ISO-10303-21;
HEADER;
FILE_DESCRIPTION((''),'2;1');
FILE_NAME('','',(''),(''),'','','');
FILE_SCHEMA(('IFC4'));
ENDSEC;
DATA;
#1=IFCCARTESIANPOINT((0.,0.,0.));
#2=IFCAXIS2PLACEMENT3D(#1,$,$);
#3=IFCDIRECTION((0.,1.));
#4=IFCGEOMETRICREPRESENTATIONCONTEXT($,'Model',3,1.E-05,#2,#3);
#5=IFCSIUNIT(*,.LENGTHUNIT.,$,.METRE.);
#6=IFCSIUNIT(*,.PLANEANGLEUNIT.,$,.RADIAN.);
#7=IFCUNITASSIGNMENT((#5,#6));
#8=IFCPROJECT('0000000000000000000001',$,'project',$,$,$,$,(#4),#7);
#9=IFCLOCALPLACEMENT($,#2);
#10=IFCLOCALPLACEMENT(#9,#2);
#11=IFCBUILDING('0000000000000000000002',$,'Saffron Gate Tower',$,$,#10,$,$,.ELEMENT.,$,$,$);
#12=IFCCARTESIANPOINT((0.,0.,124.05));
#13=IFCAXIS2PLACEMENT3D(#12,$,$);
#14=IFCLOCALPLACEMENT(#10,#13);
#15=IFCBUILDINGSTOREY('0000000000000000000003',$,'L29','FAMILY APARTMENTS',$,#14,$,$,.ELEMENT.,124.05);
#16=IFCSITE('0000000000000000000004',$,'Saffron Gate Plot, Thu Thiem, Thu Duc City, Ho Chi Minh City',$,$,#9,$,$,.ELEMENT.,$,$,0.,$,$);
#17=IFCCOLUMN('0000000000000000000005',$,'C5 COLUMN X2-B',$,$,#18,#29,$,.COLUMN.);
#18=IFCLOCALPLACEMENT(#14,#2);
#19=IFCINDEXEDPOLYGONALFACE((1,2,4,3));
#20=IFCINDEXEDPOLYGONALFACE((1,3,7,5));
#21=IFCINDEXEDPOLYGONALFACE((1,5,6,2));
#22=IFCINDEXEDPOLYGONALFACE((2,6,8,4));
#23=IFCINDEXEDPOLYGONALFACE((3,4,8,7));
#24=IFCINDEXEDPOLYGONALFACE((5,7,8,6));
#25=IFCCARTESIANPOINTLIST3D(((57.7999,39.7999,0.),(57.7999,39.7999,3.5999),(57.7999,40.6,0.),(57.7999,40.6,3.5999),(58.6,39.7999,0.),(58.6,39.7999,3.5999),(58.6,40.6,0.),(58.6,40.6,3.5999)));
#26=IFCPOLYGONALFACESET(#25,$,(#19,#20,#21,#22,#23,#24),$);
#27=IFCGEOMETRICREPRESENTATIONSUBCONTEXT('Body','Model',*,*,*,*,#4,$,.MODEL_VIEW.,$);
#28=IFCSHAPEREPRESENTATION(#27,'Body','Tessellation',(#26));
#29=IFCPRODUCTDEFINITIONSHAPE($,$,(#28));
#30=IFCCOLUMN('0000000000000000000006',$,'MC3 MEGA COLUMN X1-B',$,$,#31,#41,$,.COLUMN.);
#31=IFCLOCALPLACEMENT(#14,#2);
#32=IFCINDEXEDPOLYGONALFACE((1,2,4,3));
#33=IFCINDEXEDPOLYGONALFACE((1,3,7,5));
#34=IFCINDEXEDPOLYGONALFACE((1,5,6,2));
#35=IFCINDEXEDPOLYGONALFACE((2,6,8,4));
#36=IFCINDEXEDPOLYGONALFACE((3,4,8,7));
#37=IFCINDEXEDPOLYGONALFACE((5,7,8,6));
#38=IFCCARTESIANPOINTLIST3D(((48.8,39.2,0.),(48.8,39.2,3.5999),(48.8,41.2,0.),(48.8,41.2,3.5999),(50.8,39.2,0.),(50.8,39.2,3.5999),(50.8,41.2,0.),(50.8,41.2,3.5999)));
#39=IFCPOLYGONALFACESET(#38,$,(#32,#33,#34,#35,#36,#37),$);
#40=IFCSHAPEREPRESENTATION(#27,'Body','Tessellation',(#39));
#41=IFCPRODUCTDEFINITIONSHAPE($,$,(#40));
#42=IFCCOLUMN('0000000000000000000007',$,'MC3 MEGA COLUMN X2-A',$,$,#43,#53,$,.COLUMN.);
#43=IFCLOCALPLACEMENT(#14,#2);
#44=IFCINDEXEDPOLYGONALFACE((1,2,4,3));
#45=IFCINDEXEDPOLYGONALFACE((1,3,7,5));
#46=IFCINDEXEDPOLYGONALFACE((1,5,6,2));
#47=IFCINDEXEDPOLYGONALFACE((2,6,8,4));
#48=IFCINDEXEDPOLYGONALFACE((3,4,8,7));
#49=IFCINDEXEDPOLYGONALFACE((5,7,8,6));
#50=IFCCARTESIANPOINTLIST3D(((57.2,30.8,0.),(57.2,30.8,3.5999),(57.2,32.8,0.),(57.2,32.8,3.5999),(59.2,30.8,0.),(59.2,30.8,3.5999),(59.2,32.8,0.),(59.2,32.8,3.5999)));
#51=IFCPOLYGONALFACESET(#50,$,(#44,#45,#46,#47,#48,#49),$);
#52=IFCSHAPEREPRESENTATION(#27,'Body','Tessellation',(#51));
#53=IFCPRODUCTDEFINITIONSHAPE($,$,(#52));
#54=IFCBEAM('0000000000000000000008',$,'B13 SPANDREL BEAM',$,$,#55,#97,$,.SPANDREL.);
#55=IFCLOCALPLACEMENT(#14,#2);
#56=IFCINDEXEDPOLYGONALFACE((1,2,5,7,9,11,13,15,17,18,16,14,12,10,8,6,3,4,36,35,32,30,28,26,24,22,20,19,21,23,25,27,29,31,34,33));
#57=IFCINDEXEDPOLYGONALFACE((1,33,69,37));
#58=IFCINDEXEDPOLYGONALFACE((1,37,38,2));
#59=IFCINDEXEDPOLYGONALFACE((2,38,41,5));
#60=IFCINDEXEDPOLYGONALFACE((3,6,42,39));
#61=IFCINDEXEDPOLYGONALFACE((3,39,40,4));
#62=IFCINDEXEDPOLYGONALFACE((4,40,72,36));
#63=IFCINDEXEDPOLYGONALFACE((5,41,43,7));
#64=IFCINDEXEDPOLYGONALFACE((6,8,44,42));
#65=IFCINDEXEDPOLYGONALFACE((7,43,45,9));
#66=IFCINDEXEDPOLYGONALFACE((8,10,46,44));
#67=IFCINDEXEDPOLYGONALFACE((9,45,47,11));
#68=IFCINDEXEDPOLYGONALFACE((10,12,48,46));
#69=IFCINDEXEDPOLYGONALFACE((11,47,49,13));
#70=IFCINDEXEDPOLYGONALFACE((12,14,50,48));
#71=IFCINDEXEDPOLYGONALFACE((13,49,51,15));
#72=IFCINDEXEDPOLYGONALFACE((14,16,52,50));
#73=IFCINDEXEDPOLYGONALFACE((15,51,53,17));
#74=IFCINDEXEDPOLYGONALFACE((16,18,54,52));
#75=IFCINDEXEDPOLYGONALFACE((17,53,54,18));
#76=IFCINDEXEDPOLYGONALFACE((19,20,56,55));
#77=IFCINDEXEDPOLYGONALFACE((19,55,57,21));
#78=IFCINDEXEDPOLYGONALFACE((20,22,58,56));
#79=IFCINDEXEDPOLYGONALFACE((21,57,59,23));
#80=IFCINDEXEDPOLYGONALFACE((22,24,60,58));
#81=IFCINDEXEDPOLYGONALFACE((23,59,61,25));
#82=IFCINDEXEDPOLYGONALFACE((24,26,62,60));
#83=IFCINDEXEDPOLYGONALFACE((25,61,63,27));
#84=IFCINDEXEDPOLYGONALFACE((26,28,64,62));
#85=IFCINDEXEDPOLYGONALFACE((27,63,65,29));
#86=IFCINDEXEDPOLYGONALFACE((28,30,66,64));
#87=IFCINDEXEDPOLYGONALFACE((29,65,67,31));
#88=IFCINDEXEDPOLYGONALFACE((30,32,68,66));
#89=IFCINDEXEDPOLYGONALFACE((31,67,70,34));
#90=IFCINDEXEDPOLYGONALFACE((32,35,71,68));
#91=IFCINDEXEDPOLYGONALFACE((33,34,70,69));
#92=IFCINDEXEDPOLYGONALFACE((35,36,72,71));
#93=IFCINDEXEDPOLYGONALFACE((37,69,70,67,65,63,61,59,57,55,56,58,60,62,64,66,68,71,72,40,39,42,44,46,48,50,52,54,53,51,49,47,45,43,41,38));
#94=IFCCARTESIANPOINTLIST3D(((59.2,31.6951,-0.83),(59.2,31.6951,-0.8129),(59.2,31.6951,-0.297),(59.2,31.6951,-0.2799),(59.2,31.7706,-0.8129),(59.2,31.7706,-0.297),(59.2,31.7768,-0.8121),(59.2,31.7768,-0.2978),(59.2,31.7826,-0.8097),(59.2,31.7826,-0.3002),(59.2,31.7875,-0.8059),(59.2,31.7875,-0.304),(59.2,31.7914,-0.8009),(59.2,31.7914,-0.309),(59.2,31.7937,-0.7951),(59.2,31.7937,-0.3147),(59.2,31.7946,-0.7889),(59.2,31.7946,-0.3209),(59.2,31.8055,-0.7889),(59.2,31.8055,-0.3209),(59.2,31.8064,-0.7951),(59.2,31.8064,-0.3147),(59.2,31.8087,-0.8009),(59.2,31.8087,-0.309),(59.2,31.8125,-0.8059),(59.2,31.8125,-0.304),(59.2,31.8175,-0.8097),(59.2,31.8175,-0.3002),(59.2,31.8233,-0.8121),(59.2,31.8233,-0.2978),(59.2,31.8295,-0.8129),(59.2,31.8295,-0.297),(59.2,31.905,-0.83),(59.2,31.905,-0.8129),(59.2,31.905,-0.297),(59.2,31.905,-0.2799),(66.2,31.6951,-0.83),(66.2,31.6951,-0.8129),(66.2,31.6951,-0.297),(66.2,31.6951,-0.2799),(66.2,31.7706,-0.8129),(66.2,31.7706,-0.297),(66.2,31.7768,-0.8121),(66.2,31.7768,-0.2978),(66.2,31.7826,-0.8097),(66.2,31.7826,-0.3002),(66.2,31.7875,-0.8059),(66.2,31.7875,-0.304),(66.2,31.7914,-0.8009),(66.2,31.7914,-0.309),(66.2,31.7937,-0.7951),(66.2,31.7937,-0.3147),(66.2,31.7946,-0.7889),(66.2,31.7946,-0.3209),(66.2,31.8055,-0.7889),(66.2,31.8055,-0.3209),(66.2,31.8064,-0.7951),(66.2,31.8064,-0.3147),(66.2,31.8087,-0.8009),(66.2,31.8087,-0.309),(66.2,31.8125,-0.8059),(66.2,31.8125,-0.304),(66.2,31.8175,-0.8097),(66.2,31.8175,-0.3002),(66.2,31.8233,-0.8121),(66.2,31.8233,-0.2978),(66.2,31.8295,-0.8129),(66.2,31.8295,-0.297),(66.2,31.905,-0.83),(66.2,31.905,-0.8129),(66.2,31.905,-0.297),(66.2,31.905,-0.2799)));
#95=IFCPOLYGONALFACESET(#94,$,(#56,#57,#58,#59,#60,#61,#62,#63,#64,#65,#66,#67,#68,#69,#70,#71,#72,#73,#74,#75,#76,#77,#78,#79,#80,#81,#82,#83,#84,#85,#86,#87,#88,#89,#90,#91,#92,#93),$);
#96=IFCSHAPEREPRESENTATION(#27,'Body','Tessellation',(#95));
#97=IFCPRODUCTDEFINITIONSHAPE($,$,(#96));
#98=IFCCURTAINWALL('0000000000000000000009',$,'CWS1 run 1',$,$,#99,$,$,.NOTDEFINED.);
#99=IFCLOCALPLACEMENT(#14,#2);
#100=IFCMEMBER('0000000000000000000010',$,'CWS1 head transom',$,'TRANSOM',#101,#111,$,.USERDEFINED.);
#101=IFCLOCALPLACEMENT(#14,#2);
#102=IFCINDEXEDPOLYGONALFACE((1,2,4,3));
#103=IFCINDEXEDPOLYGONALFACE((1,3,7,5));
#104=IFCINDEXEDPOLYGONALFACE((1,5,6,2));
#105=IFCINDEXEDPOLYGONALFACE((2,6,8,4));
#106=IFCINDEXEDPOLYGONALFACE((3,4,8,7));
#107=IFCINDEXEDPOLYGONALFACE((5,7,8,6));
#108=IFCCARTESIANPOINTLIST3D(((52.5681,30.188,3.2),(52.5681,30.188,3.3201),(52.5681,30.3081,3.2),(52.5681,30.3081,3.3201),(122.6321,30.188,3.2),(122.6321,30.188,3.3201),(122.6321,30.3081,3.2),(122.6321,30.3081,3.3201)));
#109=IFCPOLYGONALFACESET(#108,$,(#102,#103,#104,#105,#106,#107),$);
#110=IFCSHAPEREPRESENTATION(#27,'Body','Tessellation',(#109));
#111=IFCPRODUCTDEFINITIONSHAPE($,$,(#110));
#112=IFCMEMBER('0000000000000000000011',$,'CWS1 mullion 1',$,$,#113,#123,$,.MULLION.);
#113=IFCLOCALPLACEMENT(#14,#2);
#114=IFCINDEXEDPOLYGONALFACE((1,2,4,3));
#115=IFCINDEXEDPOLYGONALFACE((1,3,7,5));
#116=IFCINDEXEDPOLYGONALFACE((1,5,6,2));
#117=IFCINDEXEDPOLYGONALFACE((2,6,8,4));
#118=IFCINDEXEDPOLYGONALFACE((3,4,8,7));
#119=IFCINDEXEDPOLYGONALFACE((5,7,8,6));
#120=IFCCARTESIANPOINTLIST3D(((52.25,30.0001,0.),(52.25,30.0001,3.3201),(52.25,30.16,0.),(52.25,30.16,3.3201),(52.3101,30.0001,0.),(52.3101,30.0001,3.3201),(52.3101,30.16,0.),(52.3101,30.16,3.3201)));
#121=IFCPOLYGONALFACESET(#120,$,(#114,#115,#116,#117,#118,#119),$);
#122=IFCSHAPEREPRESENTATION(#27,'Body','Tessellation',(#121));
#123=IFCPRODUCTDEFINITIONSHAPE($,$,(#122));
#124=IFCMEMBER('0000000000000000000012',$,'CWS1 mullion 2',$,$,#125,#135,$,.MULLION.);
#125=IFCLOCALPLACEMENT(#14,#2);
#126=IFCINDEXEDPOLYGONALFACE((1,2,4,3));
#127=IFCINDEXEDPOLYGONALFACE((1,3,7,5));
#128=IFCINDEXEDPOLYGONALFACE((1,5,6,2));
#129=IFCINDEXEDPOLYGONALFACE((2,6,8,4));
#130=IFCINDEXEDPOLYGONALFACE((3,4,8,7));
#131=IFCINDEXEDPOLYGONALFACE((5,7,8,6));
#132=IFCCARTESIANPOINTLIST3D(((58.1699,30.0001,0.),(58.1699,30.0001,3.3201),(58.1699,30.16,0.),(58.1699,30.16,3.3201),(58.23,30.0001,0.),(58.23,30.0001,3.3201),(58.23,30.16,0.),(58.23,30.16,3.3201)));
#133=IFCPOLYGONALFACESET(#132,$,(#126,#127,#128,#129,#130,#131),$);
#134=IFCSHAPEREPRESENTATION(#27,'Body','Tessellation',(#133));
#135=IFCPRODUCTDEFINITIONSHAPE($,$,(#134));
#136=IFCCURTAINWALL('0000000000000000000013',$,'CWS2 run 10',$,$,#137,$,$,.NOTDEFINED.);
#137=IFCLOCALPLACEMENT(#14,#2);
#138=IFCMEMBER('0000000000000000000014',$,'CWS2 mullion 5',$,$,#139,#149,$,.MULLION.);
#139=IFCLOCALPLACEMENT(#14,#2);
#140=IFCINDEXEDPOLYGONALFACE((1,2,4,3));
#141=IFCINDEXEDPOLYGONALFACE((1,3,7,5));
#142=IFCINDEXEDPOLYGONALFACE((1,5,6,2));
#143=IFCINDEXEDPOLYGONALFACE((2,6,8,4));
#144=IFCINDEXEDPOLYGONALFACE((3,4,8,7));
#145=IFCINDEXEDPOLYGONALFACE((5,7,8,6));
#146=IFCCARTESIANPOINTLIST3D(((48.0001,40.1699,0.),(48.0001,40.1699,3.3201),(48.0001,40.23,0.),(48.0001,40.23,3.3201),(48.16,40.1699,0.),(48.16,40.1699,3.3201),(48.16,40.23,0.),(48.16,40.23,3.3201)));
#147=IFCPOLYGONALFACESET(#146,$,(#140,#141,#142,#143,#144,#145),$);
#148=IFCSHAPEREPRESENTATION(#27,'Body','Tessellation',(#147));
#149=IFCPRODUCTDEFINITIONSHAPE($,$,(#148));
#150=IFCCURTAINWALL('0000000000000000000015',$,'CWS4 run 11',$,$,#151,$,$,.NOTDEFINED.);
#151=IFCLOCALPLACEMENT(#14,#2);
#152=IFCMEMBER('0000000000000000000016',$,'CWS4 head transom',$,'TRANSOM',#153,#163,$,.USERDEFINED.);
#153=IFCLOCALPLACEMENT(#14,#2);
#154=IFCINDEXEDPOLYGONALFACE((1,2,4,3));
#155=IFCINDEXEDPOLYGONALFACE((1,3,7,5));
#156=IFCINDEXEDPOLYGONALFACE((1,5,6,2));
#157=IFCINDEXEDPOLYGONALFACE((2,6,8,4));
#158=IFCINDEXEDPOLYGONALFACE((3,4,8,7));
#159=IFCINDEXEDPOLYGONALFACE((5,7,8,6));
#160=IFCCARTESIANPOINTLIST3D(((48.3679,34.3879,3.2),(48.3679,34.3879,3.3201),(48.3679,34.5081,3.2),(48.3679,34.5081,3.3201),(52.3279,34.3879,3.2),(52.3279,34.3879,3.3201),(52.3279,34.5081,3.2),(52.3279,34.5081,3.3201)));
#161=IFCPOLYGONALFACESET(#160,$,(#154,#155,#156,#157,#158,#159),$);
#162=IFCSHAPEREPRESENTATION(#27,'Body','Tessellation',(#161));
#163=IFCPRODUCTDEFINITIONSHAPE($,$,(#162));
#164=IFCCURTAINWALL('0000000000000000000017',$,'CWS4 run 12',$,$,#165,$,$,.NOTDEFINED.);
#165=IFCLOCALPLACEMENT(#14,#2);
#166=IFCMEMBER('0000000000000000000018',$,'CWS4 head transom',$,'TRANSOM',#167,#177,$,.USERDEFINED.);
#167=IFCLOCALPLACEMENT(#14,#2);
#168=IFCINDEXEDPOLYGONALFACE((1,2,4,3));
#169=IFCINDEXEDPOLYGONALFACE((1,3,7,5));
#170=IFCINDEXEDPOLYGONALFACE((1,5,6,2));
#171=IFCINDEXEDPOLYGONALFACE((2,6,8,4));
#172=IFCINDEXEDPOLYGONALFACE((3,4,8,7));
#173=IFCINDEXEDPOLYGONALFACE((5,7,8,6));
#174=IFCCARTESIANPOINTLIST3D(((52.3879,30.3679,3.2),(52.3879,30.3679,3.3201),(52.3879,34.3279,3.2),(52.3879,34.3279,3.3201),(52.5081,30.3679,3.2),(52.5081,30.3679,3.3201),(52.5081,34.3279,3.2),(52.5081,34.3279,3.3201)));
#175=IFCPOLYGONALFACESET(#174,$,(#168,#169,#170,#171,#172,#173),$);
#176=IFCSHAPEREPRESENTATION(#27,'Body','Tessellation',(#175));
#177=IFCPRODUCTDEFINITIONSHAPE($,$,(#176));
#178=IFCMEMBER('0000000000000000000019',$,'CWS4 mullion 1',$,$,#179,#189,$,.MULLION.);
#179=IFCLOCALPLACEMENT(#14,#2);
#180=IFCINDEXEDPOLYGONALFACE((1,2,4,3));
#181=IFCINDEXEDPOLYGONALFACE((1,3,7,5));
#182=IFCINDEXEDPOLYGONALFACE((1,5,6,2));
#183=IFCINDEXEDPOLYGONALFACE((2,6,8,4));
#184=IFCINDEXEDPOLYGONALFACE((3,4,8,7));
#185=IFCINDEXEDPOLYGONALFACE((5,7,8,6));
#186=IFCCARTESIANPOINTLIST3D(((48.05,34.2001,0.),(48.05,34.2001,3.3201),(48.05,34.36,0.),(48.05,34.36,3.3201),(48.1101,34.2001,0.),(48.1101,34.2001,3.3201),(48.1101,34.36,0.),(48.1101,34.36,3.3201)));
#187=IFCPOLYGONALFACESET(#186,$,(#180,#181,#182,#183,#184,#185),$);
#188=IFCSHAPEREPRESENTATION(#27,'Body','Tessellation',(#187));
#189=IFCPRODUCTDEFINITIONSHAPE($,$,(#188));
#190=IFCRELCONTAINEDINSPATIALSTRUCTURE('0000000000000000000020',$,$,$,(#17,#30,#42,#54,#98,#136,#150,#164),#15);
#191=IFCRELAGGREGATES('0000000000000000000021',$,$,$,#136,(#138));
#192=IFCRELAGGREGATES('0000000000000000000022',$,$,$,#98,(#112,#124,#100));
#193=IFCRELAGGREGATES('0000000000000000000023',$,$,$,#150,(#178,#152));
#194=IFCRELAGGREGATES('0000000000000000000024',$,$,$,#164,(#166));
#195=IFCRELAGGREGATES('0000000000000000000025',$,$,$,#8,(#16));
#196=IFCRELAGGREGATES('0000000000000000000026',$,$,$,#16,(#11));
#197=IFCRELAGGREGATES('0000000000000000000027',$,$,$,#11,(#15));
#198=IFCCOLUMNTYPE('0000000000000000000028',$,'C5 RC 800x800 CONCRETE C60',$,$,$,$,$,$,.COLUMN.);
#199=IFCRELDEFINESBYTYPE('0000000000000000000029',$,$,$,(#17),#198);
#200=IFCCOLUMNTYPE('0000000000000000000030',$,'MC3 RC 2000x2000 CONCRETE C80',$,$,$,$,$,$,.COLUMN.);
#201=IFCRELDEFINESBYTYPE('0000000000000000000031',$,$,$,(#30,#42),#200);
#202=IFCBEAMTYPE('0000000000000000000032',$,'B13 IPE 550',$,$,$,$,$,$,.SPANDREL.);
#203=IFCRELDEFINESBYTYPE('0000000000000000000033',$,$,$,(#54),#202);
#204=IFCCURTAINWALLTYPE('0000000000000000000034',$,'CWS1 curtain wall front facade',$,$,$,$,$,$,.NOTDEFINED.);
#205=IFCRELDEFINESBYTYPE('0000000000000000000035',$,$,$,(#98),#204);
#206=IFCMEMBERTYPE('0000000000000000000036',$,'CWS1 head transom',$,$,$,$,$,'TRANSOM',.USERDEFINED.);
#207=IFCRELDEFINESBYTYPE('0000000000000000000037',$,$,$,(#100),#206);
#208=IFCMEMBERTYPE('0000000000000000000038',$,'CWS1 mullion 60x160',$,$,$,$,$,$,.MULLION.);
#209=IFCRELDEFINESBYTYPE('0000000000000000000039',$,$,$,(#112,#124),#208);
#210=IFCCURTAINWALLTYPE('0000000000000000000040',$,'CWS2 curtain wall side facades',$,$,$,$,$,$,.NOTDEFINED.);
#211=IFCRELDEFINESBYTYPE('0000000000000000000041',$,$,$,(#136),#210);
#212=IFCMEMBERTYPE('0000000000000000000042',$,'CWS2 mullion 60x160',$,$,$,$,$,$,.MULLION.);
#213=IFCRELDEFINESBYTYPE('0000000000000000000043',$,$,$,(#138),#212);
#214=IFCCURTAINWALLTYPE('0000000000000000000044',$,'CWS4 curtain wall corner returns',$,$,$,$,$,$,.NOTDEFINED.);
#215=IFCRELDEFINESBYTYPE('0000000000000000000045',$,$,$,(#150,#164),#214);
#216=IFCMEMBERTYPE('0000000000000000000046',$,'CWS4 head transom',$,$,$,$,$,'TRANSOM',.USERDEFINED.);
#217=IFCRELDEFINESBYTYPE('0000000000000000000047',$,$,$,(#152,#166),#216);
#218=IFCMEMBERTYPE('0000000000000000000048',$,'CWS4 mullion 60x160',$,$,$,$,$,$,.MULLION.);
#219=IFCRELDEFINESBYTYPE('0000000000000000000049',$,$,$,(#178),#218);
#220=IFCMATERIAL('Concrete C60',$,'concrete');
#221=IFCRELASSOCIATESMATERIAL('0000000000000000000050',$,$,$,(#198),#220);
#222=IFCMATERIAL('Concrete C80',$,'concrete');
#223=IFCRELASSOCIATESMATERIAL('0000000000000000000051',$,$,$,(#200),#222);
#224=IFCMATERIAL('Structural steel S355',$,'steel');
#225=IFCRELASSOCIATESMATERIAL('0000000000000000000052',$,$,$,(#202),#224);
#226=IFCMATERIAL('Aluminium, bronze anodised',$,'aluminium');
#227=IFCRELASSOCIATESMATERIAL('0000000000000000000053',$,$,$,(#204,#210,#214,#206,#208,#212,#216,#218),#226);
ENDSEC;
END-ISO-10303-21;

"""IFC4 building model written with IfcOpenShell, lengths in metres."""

from ifc_helpers import new_model, si_unit, direction, frame, origin, origin_2d, place, context, subcontext, project, spatial, rectangle, i_section, extrude, material, material_profile, profile_set, type_object, element, aggregate, save


model = new_model("IFC4")

# Units and contexts
model_context = context("Model", 3, precision=1e-05, world=origin(), true_north=direction((0.0, 1.0)))
body_context = subcontext(model_context, "Body", "Model", "MODEL_VIEW")
ifc_project = project(units=[si_unit("LENGTHUNIT", "METRE"), si_unit("PLANEANGLEUNIT", "RADIAN")], contexts=[model_context])

# Site, building, storey
site_placement = place(None, origin())
site = spatial("IfcSite", under=ifc_project, at=site_placement, Name="Saffron Gate Plot, Thu Thiem, Thu Duc City, Ho Chi Minh City", CompositionType="ELEMENT", RefElevation=0.0)
building_placement = place(site_placement, origin())
building = spatial("IfcBuilding", under=site, at=building_placement, Name="Saffron Gate Tower", CompositionType="ELEMENT")
storey_placement = place(building_placement, frame((0.0, 0.0, 124.05)))
storey = spatial("IfcBuildingStorey", under=building, at=storey_placement, Name="L29", Description="FAMILY APARTMENTS", CompositionType="ELEMENT", Elevation=124.05)

# Columns
ifc_material_1 = material(Name="Concrete C60", Category="concrete")
ifc_material_profile_1 = material_profile(ifc_material_1, rectangle(XDim=0.8, YDim=0.8, at=origin_2d()))
ifc_profile_set_1 = profile_set([ifc_material_profile_1], Name="Concrete C60")
column_type_1 = type_object("IfcColumnType", Name="C5 RC 800x800 CONCRETE C60", PredefinedType="COLUMN", material=ifc_profile_set_1)
column_placement = place(storey_placement, frame((58.2, 40.2, 0.0), z_axis=(0.0, 0.0, 1.0), x_axis=(1.0, 0.0, 0.0)))
element("IfcColumn", 1, at=column_placement, inside=storey, type_object=column_type_1, Name="C5 COLUMN X2-B", PredefinedType="COLUMN", context=body_context, shape_type="SweptSolid", body=[
    extrude(rectangle(XDim=0.8, YDim=0.8, at=origin_2d()), origin(), (0.0, 0.0, 1.0), 3.5999),
])
ifc_material_2 = material(Name="Concrete C80", Category="concrete")
ifc_material_profile_2 = material_profile(ifc_material_2, rectangle(XDim=2.0, YDim=2.0, at=origin_2d()))
ifc_profile_set_2 = profile_set([ifc_material_profile_2], Name="Concrete C80")
column_type_2 = type_object("IfcColumnType", Name="MC3 RC 2000x2000 CONCRETE C80", PredefinedType="COLUMN", material=ifc_profile_set_2)
for number, where, z_axis, x_axis, name in (
    (2, (49.8, 40.2, 0.0), (0.0, 0.0, 1.0), (1.0, 0.0, 0.0), "MC3 MEGA COLUMN X1-B"),
    (3, (58.2, 31.8, 0.0), (0.0, 0.0, 1.0), (1.0, 0.0, 0.0), "MC3 MEGA COLUMN X2-A"),
):
    element("IfcColumn", number, at=place(storey_placement, frame(where, z_axis=z_axis, x_axis=x_axis)), inside=storey, type_object=column_type_2, Name=name, PredefinedType="COLUMN", context=body_context, shape_type="SweptSolid", body=[
        extrude(rectangle(XDim=2.0, YDim=2.0, at=origin_2d()), origin(), (0.0, 0.0, 1.0), 3.5999),
    ])

# Beam
ifc_material_3 = material(Name="Structural steel S355", Category="steel")
ifc_material_profile_3 = material_profile(ifc_material_3, i_section(OverallWidth=0.21, OverallDepth=0.55, WebThickness=0.011, FlangeThickness=0.0171, FilletRadius=0.0239, at=origin_2d()))
ifc_profile_set_3 = profile_set([ifc_material_profile_3], Name="Structural steel S355")
beam_type = type_object("IfcBeamType", Name="B13 IPE 550", PredefinedType="SPANDREL", material=ifc_profile_set_3)
beam_placement = place(storey_placement, frame((59.2, 31.8, -0.5549), z_axis=(1.0, 0.0, 0.0), x_axis=(0.0, 1.0, 0.0)))
element("IfcBeam", 4, at=beam_placement, inside=storey, type_object=beam_type, Name="B13 SPANDREL BEAM", PredefinedType="SPANDREL", context=body_context, shape_type="SweptSolid", body=[
    extrude(i_section(OverallWidth=0.21, OverallDepth=0.55, WebThickness=0.011, FlangeThickness=0.0171, FilletRadius=0.0239, at=origin_2d()), origin(), (0.0, 0.0, 1.0), 7.0),
])

# Curtain wall, members
ifc_material_4 = material(Name="Aluminium, bronze anodised", Category="aluminium")
curtain_wall_type_1 = type_object("IfcCurtainWallType", Name="CWS1 curtain wall front facade", PredefinedType="NOTDEFINED", material=ifc_material_4)
curtain_wall_1_placement = place(storey_placement, origin())
curtain_wall_1 = element("IfcCurtainWall", 5, at=curtain_wall_1_placement, inside=storey, type_object=curtain_wall_type_1, Name="CWS1 run 1", PredefinedType="NOTDEFINED")
ifc_material_profile_4 = material_profile(ifc_material_4, rectangle(XDim=0.1201, YDim=0.1201, at=origin_2d()))
ifc_profile_set_4 = profile_set([ifc_material_profile_4], Name="Aluminium, bronze anodised")
member_type_1 = type_object("IfcMemberType", Name="CWS1 head transom", ElementType="TRANSOM", PredefinedType="USERDEFINED", material=ifc_profile_set_4)
member_1_placement = place(storey_placement, frame((52.5681, 30.248, 3.26), z_axis=(1.0, 0.0, 0.0), x_axis=(0.0, 1.0, 0.0)))
member_1 = element("IfcMember", 6, at=member_1_placement, type_object=member_type_1, Name="CWS1 head transom", ObjectType="TRANSOM", PredefinedType="USERDEFINED", context=body_context, shape_type="SweptSolid", body=[
    extrude(rectangle(XDim=0.1201, YDim=0.1201, at=origin_2d()), origin(), (0.0, 0.0, 1.0), 70.064),
])
ifc_material_profile_5 = material_profile(ifc_material_4, rectangle(XDim=0.1599, YDim=0.0601, at=origin_2d()))
ifc_profile_set_5 = profile_set([ifc_material_profile_5], Name="Aluminium, bronze anodised")
member_type_2 = type_object("IfcMemberType", Name="CWS1 mullion 60x160", PredefinedType="MULLION", material=ifc_profile_set_5)
member_2_placement = place(storey_placement, frame((52.28, 30.0801, 0.0), z_axis=(0.0, 0.0, 1.0), x_axis=(0.0, 1.0, 0.0)))
member_2 = element("IfcMember", 7, at=member_2_placement, type_object=member_type_2, Name="CWS1 mullion 1", PredefinedType="MULLION", context=body_context, shape_type="SweptSolid", body=[
    extrude(rectangle(XDim=0.1599, YDim=0.0601, at=origin_2d()), origin(), (0.0, 0.0, 1.0), 3.3201),
])
member_3_placement = place(storey_placement, frame((58.2, 30.0801, 0.0), z_axis=(0.0, 0.0, 1.0), x_axis=(0.0, 1.0, 0.0)))
member_3 = element("IfcMember", 8, at=member_3_placement, type_object=member_type_2, Name="CWS1 mullion 2", PredefinedType="MULLION", context=body_context, shape_type="SweptSolid", body=[
    extrude(rectangle(XDim=0.1599, YDim=0.0601, at=origin_2d()), origin(), (0.0, 0.0, 1.0), 3.3201),
])

# Curtain walls, members
curtain_wall_type_2 = type_object("IfcCurtainWallType", Name="CWS2 curtain wall side facades", PredefinedType="NOTDEFINED", material=ifc_material_4)
curtain_wall_2_placement = place(storey_placement, origin())
curtain_wall_2 = element("IfcCurtainWall", 9, at=curtain_wall_2_placement, inside=storey, type_object=curtain_wall_type_2, Name="CWS2 run 10", PredefinedType="NOTDEFINED")
ifc_material_profile_6 = material_profile(ifc_material_4, rectangle(XDim=0.1599, YDim=0.0601, at=origin_2d()))
ifc_profile_set_6 = profile_set([ifc_material_profile_6], Name="Aluminium, bronze anodised")
member_type_3 = type_object("IfcMemberType", Name="CWS2 mullion 60x160", PredefinedType="MULLION", material=ifc_profile_set_6)
member_4_placement = place(storey_placement, frame((48.0801, 40.2, 0.0), z_axis=(0.0, 0.0, 1.0), x_axis=(1.0, 0.0, 0.0)))
member_4 = element("IfcMember", 10, at=member_4_placement, type_object=member_type_3, Name="CWS2 mullion 5", PredefinedType="MULLION", context=body_context, shape_type="SweptSolid", body=[
    extrude(rectangle(XDim=0.1599, YDim=0.0601, at=origin_2d()), origin(), (0.0, 0.0, 1.0), 3.3201),
])
aggregate(curtain_wall_2, [member_4])
curtain_wall_type_3 = type_object("IfcCurtainWallType", Name="CWS4 curtain wall corner returns", PredefinedType="NOTDEFINED", material=ifc_material_4)
curtain_wall_3_placement = place(storey_placement, origin())
curtain_wall_3 = element("IfcCurtainWall", 11, at=curtain_wall_3_placement, inside=storey, type_object=curtain_wall_type_3, Name="CWS4 run 11", PredefinedType="NOTDEFINED")
ifc_material_profile_7 = material_profile(ifc_material_4, rectangle(XDim=0.1201, YDim=0.1201, at=origin_2d()))
ifc_profile_set_7 = profile_set([ifc_material_profile_7], Name="Aluminium, bronze anodised")
member_type_4 = type_object("IfcMemberType", Name="CWS4 head transom", ElementType="TRANSOM", PredefinedType="USERDEFINED", material=ifc_profile_set_7)
member_5_placement = place(storey_placement, frame((48.3679, 34.448, 3.26), z_axis=(1.0, 0.0, 0.0), x_axis=(0.0, 1.0, 0.0)))
member_5 = element("IfcMember", 12, at=member_5_placement, type_object=member_type_4, Name="CWS4 head transom", ObjectType="TRANSOM", PredefinedType="USERDEFINED", context=body_context, shape_type="SweptSolid", body=[
    extrude(rectangle(XDim=0.1201, YDim=0.1201, at=origin_2d()), origin(), (0.0, 0.0, 1.0), 3.96),
])
curtain_wall_4_placement = place(storey_placement, origin())
curtain_wall_4 = element("IfcCurtainWall", 13, at=curtain_wall_4_placement, inside=storey, type_object=curtain_wall_type_3, Name="CWS4 run 12", PredefinedType="NOTDEFINED")
member_6_placement = place(storey_placement, frame((52.448, 34.3279, 3.26), z_axis=(0.0, -1.0, 0.0), x_axis=(1.0, 0.0, 0.0)))
member_6 = element("IfcMember", 14, at=member_6_placement, type_object=member_type_4, Name="CWS4 head transom", ObjectType="TRANSOM", PredefinedType="USERDEFINED", context=body_context, shape_type="SweptSolid", body=[
    extrude(rectangle(XDim=0.1201, YDim=0.1201, at=origin_2d()), origin(), (0.0, 0.0, 1.0), 3.96),
])

# Member
ifc_material_profile_8 = material_profile(ifc_material_4, rectangle(XDim=0.1599, YDim=0.0601, at=origin_2d()))
ifc_profile_set_8 = profile_set([ifc_material_profile_8], Name="Aluminium, bronze anodised")
member_type_5 = type_object("IfcMemberType", Name="CWS4 mullion 60x160", PredefinedType="MULLION", material=ifc_profile_set_8)
member_7_placement = place(storey_placement, frame((48.0801, 34.28, 0.0), z_axis=(0.0, 0.0, 1.0), x_axis=(0.0, 1.0, 0.0)))
member_7 = element("IfcMember", 15, at=member_7_placement, type_object=member_type_5, Name="CWS4 mullion 1", PredefinedType="MULLION", context=body_context, shape_type="SweptSolid", body=[
    extrude(rectangle(XDim=0.1599, YDim=0.0601, at=origin_2d()), origin(), (0.0, 0.0, 1.0), 3.3201),
])

aggregate(curtain_wall_1, [member_2, member_3, member_1])

aggregate(curtain_wall_3, [member_7, member_5])
aggregate(curtain_wall_4, [member_6])

save(model, "model.ifc")
